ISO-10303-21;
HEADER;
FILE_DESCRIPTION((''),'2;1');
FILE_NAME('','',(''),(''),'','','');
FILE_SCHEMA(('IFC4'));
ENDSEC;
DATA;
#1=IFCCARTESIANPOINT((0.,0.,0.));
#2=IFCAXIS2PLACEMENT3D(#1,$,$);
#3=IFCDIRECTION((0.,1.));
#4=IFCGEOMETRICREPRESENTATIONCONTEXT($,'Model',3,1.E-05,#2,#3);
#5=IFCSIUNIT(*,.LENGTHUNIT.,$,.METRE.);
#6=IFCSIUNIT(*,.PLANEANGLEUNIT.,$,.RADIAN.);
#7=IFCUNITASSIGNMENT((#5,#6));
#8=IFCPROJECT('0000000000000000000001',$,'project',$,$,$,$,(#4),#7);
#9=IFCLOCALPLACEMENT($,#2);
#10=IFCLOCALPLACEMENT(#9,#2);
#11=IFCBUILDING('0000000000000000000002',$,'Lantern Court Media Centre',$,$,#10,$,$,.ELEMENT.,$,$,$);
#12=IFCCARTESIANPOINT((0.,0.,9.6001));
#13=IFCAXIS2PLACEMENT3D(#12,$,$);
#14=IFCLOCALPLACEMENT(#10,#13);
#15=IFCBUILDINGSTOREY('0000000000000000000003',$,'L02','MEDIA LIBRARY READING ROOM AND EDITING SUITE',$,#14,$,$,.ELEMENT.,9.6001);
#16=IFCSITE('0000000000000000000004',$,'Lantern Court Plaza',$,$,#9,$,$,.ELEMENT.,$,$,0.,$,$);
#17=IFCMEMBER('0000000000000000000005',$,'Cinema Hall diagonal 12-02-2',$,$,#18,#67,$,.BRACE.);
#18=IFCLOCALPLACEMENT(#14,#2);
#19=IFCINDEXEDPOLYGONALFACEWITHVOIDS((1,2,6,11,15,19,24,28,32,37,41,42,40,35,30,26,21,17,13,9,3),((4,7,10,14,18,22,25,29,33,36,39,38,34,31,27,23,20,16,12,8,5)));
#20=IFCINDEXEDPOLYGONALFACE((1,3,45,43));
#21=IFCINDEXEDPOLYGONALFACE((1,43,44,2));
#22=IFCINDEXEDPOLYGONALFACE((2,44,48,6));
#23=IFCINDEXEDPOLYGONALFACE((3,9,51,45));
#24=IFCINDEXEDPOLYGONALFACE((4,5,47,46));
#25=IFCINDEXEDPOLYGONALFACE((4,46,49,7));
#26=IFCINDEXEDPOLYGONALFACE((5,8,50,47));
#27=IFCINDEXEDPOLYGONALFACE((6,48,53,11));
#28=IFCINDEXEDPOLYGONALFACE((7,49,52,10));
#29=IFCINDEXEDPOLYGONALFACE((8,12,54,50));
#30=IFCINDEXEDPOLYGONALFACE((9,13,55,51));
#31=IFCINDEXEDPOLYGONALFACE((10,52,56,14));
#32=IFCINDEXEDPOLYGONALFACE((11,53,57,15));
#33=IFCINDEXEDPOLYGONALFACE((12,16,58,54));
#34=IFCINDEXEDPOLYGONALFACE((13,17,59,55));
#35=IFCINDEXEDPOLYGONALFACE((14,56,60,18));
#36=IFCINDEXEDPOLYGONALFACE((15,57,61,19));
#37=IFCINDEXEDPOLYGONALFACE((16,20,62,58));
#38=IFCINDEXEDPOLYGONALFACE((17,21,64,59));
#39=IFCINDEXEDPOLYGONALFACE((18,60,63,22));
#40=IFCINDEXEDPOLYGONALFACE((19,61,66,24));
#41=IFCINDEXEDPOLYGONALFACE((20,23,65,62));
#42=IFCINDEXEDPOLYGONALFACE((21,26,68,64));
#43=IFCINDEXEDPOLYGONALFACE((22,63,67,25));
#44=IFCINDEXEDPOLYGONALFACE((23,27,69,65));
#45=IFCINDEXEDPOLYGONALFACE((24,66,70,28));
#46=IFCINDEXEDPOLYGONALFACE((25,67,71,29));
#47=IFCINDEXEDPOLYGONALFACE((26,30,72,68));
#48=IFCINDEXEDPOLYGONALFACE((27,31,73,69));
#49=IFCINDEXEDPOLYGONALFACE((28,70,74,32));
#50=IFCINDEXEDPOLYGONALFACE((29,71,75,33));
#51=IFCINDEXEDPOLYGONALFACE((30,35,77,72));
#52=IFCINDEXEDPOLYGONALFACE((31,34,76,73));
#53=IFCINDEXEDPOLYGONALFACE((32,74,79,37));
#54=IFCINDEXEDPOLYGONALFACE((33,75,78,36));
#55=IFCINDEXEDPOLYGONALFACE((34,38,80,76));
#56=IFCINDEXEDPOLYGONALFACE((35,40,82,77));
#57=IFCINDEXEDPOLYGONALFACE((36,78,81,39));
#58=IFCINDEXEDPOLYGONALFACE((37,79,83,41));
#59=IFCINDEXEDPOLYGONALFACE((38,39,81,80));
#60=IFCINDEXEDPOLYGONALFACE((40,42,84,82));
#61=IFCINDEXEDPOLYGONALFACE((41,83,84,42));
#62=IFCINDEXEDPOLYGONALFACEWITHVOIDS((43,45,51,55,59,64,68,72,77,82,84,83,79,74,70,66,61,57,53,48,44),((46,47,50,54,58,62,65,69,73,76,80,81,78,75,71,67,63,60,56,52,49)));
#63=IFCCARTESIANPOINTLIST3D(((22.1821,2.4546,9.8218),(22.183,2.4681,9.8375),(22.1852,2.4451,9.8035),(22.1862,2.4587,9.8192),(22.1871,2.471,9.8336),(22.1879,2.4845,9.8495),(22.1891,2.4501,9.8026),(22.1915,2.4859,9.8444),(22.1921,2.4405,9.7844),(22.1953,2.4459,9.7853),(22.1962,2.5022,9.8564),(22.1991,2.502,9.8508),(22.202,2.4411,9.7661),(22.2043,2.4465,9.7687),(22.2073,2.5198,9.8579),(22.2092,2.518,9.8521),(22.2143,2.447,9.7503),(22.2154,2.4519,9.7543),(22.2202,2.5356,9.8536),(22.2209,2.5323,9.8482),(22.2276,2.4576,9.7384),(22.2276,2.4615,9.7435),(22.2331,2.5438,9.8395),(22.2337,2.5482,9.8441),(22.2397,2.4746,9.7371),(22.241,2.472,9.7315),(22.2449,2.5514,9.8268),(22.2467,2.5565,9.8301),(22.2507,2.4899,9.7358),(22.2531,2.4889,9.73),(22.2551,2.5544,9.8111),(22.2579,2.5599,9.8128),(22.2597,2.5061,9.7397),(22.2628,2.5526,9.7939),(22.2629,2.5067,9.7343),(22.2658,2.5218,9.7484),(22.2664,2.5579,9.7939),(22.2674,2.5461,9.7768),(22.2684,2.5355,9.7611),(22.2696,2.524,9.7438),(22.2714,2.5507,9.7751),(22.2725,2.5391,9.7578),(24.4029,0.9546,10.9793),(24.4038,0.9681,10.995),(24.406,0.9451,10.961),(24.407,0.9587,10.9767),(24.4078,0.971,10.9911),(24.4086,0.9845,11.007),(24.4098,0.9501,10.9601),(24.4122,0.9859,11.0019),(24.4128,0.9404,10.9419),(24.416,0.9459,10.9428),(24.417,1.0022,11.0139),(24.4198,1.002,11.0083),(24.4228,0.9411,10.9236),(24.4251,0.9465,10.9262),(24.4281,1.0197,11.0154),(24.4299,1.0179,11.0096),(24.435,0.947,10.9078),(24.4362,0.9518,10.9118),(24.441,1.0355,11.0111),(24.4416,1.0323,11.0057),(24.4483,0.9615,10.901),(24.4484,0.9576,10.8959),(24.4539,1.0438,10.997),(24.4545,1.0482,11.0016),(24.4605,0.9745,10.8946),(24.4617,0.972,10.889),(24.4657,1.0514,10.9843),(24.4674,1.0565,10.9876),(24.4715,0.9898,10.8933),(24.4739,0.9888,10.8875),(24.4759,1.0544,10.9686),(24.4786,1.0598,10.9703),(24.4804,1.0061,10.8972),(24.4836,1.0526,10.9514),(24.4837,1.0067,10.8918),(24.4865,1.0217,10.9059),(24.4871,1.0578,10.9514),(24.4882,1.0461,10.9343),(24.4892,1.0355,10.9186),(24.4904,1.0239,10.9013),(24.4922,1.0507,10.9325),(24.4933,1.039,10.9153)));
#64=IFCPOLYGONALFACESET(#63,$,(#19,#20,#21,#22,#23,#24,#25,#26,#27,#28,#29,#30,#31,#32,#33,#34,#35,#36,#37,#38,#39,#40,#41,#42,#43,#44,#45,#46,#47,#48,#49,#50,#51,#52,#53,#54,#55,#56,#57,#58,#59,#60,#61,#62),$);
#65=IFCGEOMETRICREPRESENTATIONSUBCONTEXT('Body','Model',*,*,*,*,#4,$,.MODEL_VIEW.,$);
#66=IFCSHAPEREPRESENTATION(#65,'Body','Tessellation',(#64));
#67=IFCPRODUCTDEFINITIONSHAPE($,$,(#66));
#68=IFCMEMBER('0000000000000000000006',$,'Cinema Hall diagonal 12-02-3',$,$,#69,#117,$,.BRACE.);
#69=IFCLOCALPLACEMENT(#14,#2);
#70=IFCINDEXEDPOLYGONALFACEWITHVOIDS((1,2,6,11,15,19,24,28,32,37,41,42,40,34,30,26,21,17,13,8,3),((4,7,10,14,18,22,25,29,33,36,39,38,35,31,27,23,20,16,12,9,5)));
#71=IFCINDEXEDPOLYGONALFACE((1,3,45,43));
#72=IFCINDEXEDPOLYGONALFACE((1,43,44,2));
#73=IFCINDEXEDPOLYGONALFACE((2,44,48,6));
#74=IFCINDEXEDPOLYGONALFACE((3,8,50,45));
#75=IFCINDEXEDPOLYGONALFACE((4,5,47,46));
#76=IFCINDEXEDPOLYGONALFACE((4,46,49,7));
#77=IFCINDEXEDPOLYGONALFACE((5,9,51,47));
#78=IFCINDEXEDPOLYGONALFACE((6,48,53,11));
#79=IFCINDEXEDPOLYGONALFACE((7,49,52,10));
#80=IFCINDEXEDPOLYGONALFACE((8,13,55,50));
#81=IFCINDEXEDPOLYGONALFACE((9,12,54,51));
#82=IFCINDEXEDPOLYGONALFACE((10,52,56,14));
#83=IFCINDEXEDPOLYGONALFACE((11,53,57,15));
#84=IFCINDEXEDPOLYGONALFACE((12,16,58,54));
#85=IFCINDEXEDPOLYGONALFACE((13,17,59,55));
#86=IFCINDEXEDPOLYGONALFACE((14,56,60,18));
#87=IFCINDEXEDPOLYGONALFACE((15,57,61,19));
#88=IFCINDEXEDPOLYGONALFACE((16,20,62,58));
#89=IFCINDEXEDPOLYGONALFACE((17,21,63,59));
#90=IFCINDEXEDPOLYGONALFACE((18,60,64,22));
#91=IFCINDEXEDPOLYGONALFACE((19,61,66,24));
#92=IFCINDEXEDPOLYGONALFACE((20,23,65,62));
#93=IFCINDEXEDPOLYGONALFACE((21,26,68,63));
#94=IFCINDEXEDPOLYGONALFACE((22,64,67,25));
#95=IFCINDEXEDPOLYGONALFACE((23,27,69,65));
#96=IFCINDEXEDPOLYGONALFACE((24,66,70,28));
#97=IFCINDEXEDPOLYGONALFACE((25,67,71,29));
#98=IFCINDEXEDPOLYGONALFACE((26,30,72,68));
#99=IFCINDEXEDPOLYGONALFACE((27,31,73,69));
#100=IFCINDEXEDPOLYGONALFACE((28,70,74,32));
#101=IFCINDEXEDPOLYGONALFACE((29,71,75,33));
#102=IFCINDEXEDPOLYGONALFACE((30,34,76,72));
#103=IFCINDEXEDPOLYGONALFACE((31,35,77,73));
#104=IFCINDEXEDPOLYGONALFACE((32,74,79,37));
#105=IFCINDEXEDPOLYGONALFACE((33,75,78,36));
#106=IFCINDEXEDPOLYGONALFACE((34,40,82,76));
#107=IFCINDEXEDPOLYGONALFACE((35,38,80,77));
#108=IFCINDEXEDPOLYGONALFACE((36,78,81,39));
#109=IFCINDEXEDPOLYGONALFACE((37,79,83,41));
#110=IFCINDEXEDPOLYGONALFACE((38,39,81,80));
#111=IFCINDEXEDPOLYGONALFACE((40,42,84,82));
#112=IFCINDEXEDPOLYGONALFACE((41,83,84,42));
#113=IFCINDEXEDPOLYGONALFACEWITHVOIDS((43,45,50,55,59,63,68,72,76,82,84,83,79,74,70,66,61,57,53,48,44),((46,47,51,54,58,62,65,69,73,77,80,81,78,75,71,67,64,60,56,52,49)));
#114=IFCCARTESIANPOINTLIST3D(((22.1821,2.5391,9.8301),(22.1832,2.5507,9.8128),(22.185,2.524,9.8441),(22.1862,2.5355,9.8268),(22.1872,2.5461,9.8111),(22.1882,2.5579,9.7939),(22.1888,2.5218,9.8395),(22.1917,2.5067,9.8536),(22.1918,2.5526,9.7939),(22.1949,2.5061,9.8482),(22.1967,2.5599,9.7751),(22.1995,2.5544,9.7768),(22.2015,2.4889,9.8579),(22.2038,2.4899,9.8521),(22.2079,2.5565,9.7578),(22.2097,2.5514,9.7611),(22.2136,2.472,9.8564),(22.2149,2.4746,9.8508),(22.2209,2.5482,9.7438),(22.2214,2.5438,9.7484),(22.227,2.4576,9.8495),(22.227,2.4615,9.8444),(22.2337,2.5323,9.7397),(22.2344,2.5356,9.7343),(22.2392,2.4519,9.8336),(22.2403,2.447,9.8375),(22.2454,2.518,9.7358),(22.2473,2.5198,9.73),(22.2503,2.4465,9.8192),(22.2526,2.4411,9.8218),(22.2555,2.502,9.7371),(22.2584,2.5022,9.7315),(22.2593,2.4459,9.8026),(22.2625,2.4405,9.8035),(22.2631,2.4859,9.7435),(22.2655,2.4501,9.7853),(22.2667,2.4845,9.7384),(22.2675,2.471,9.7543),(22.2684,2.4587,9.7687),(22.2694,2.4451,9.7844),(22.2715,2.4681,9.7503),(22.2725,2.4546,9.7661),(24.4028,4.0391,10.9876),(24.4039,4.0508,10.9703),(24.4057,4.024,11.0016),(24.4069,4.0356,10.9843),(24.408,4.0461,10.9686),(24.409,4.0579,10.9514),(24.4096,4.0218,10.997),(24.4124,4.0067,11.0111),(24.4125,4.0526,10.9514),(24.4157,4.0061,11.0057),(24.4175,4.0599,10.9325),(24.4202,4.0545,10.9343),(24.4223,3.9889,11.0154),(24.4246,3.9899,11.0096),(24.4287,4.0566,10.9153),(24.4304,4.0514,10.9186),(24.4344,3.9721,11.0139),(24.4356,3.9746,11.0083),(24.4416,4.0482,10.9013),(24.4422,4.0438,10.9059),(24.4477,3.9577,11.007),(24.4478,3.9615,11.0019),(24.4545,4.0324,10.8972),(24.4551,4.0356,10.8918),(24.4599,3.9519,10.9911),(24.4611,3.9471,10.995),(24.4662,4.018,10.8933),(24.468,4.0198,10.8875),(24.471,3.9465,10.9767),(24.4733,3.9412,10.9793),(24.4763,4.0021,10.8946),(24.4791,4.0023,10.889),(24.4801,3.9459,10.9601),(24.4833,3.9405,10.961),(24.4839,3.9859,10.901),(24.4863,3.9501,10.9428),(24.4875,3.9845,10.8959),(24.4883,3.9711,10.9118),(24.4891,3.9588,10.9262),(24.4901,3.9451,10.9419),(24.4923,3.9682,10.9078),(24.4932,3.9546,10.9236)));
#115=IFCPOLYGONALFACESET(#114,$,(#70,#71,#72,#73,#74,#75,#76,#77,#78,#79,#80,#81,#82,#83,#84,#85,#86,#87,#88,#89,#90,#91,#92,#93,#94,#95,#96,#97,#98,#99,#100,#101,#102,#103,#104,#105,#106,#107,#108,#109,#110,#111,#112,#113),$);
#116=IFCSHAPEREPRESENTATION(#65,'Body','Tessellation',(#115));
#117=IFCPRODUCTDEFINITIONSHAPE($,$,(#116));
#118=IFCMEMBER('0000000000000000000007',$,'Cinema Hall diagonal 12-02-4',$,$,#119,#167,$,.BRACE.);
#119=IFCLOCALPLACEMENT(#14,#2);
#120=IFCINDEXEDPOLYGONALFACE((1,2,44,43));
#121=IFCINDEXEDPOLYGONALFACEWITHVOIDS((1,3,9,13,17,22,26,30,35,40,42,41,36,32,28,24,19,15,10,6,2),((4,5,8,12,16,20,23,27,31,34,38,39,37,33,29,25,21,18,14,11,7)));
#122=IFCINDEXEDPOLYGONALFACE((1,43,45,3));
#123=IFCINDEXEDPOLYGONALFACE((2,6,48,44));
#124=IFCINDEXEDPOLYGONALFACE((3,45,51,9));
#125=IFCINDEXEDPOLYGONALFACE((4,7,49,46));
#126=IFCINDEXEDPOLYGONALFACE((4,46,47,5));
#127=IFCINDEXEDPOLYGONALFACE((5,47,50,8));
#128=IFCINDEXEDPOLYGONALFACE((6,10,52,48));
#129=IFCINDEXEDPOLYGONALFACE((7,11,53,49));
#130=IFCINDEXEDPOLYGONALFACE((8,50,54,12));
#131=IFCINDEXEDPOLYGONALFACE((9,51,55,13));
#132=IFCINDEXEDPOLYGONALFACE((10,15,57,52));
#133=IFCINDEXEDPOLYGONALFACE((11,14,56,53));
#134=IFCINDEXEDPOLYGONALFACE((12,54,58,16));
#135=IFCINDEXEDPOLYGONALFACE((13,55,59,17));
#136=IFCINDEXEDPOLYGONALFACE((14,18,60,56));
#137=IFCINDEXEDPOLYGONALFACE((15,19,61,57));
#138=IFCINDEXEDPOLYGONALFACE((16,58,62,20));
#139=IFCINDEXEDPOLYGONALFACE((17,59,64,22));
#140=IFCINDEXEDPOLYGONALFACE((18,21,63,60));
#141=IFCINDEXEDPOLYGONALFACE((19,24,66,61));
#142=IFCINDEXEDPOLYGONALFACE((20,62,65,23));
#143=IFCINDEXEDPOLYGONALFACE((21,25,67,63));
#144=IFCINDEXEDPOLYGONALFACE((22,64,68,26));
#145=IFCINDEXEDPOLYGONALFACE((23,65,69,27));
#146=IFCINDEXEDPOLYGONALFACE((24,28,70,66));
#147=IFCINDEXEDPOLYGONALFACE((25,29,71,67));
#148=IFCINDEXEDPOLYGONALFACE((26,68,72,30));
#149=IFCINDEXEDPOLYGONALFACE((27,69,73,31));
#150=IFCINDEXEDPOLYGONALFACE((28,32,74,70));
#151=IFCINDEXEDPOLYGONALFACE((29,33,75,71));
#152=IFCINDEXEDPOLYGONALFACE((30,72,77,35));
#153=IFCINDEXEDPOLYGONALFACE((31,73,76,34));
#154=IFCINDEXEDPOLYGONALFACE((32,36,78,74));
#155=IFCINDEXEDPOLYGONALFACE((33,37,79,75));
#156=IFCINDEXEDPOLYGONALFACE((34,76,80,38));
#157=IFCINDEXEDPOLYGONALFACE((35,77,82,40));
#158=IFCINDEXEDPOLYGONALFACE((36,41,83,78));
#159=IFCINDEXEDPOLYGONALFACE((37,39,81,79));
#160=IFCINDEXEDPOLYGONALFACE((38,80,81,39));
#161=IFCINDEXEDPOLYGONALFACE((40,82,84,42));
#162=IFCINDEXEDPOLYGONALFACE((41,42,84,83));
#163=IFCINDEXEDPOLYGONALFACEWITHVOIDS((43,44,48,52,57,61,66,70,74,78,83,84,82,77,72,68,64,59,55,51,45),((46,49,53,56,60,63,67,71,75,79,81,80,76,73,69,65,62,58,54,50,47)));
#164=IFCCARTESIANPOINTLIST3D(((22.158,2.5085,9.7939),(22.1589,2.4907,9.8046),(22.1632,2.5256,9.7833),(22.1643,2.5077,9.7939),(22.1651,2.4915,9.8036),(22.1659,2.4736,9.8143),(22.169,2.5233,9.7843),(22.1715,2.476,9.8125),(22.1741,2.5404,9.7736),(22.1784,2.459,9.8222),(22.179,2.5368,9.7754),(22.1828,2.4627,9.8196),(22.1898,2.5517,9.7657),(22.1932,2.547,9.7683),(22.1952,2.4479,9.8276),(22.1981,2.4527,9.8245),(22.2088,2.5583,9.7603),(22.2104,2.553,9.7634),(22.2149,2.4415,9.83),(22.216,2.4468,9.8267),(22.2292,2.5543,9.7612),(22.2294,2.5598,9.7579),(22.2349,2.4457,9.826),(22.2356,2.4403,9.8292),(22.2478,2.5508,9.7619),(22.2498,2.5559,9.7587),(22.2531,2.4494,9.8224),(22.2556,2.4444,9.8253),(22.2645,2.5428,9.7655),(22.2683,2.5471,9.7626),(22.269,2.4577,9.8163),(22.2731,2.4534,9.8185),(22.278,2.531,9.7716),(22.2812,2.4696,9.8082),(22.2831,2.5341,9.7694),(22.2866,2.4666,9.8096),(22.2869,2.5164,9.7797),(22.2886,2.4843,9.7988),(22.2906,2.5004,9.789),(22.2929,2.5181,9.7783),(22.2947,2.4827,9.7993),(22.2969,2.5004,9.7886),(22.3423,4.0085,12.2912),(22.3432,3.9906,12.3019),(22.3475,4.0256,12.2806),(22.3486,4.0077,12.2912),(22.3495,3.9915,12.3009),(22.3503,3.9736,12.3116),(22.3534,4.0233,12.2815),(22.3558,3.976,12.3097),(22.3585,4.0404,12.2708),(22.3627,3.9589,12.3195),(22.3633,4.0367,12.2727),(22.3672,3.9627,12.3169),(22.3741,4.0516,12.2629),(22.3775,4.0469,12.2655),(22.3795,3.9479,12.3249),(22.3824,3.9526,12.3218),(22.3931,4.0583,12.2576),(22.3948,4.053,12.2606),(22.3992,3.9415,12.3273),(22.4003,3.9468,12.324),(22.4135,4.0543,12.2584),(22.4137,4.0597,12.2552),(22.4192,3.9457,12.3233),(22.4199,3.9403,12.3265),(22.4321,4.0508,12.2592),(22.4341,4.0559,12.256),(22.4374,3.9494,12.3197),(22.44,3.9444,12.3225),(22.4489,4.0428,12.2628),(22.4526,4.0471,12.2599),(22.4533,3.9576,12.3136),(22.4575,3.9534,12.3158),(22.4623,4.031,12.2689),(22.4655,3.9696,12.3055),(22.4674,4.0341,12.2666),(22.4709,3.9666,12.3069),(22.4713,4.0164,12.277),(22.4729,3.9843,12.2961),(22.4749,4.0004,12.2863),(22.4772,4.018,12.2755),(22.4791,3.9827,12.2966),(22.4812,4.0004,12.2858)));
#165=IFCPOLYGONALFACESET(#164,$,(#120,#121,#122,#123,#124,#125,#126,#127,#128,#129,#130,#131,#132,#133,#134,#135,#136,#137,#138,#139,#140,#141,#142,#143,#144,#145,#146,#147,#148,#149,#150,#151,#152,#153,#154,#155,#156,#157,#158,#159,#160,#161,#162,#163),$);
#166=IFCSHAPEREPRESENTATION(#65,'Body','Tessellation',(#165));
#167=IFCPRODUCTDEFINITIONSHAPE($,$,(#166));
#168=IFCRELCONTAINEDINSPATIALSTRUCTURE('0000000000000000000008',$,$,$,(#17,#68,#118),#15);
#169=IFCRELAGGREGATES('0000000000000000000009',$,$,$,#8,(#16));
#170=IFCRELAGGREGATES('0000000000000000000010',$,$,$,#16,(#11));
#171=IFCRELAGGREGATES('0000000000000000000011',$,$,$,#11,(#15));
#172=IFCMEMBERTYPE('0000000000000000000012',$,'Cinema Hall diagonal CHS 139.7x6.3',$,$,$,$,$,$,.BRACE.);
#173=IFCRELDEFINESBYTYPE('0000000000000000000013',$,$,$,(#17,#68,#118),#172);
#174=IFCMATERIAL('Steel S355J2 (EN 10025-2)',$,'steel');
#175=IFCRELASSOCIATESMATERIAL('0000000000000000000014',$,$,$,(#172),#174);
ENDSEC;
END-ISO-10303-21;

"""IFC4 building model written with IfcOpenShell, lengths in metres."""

from ifc_helpers import new_model, si_unit, direction, frame, origin, origin_2d, place, context, subcontext, project, spatial, hollow_circle, extrude, material, material_profile, profile_set, type_object, element, save


model = new_model("IFC4")

# Units and contexts
model_context = context("Model", 3, precision=1e-05, world=origin(), true_north=direction((0.0, 1.0)))
body_context = subcontext(model_context, "Body", "Model", "MODEL_VIEW")
ifc_project = project(units=[si_unit("LENGTHUNIT", "METRE"), si_unit("PLANEANGLEUNIT", "RADIAN")], contexts=[model_context])

# Site, building, storey
site_placement = place(None, origin())
site = spatial("IfcSite", under=ifc_project, at=site_placement, Name="Lantern Court Plaza", CompositionType="ELEMENT", RefElevation=0.0)
building_placement = place(site_placement, origin())
building = spatial("IfcBuilding", under=site, at=building_placement, Name="Lantern Court Media Centre", CompositionType="ELEMENT")
storey_placement = place(building_placement, frame((0.0, 0.0, 9.6001)))
storey = spatial("IfcBuildingStorey", under=building, at=storey_placement, Name="L02", Description="MEDIA LIBRARY READING ROOM AND EDITING SUITE", CompositionType="ELEMENT", Elevation=9.6001)

# Members
ifc_material = material(Name="Steel S355J2 (EN 10025-2)", Category="steel")
ifc_material_profile_1 = material_profile(ifc_material, hollow_circle(Radius=0.0698, WallThickness=0.0063, at=origin_2d()), Name="Cinema Hall diagonal CHS 139.7x6.3")
ifc_profile_set_1 = profile_set([ifc_material_profile_1], Name="Steel S355J2 (EN 10025-2)")
member_type_1 = type_object("IfcMemberType", Name="Cinema Hall diagonal CHS 139.7x6.3", PredefinedType="BRACE", material=ifc_profile_set_1)
for number, where, z_axis, x_axis, name in (
    (1, (22.2273, 2.5, 9.7939), (0.760744, -0.513854, 0.396514), (0.559736, 0.828671, 0.0), "Cinema Hall diagonal 12-02-2"),
    (2, (22.2273, 2.5, 9.7939), (0.760744, 0.513854, 0.396514), (-0.559736, 0.828671, 0.0), "Cinema Hall diagonal 12-02-3"),
):
    element("IfcMember", number, at=place(storey_placement, frame(where, z_axis=z_axis, x_axis=x_axis)), inside=storey, type_object=member_type_1, Name=name, PredefinedType="BRACE", context=body_context, shape_type="SweptSolid", body=[
        extrude(hollow_circle(Radius=0.0698, WallThickness=0.0063, at=origin_2d()), origin(), (0.0, 0.0, 1.0), 2.9192),
    ])
member_1_placement = place(storey_placement, frame((22.2273, 2.5, 9.7939), z_axis=(0.063147, 0.513875, 0.855538), x_axis=(-0.992534, 0.121967, 0.0)))
element("IfcMember", 3, at=member_1_placement, inside=storey, type_object=member_type_1, Name="Cinema Hall diagonal 12-02-4", PredefinedType="BRACE", context=body_context, shape_type="SweptSolid", body=[
    extrude(hollow_circle(Radius=0.0698, WallThickness=0.0063, at=origin_2d()), origin(), (0.0, 0.0, 1.0), 2.9189),
])

save(model, "model.ifc")
